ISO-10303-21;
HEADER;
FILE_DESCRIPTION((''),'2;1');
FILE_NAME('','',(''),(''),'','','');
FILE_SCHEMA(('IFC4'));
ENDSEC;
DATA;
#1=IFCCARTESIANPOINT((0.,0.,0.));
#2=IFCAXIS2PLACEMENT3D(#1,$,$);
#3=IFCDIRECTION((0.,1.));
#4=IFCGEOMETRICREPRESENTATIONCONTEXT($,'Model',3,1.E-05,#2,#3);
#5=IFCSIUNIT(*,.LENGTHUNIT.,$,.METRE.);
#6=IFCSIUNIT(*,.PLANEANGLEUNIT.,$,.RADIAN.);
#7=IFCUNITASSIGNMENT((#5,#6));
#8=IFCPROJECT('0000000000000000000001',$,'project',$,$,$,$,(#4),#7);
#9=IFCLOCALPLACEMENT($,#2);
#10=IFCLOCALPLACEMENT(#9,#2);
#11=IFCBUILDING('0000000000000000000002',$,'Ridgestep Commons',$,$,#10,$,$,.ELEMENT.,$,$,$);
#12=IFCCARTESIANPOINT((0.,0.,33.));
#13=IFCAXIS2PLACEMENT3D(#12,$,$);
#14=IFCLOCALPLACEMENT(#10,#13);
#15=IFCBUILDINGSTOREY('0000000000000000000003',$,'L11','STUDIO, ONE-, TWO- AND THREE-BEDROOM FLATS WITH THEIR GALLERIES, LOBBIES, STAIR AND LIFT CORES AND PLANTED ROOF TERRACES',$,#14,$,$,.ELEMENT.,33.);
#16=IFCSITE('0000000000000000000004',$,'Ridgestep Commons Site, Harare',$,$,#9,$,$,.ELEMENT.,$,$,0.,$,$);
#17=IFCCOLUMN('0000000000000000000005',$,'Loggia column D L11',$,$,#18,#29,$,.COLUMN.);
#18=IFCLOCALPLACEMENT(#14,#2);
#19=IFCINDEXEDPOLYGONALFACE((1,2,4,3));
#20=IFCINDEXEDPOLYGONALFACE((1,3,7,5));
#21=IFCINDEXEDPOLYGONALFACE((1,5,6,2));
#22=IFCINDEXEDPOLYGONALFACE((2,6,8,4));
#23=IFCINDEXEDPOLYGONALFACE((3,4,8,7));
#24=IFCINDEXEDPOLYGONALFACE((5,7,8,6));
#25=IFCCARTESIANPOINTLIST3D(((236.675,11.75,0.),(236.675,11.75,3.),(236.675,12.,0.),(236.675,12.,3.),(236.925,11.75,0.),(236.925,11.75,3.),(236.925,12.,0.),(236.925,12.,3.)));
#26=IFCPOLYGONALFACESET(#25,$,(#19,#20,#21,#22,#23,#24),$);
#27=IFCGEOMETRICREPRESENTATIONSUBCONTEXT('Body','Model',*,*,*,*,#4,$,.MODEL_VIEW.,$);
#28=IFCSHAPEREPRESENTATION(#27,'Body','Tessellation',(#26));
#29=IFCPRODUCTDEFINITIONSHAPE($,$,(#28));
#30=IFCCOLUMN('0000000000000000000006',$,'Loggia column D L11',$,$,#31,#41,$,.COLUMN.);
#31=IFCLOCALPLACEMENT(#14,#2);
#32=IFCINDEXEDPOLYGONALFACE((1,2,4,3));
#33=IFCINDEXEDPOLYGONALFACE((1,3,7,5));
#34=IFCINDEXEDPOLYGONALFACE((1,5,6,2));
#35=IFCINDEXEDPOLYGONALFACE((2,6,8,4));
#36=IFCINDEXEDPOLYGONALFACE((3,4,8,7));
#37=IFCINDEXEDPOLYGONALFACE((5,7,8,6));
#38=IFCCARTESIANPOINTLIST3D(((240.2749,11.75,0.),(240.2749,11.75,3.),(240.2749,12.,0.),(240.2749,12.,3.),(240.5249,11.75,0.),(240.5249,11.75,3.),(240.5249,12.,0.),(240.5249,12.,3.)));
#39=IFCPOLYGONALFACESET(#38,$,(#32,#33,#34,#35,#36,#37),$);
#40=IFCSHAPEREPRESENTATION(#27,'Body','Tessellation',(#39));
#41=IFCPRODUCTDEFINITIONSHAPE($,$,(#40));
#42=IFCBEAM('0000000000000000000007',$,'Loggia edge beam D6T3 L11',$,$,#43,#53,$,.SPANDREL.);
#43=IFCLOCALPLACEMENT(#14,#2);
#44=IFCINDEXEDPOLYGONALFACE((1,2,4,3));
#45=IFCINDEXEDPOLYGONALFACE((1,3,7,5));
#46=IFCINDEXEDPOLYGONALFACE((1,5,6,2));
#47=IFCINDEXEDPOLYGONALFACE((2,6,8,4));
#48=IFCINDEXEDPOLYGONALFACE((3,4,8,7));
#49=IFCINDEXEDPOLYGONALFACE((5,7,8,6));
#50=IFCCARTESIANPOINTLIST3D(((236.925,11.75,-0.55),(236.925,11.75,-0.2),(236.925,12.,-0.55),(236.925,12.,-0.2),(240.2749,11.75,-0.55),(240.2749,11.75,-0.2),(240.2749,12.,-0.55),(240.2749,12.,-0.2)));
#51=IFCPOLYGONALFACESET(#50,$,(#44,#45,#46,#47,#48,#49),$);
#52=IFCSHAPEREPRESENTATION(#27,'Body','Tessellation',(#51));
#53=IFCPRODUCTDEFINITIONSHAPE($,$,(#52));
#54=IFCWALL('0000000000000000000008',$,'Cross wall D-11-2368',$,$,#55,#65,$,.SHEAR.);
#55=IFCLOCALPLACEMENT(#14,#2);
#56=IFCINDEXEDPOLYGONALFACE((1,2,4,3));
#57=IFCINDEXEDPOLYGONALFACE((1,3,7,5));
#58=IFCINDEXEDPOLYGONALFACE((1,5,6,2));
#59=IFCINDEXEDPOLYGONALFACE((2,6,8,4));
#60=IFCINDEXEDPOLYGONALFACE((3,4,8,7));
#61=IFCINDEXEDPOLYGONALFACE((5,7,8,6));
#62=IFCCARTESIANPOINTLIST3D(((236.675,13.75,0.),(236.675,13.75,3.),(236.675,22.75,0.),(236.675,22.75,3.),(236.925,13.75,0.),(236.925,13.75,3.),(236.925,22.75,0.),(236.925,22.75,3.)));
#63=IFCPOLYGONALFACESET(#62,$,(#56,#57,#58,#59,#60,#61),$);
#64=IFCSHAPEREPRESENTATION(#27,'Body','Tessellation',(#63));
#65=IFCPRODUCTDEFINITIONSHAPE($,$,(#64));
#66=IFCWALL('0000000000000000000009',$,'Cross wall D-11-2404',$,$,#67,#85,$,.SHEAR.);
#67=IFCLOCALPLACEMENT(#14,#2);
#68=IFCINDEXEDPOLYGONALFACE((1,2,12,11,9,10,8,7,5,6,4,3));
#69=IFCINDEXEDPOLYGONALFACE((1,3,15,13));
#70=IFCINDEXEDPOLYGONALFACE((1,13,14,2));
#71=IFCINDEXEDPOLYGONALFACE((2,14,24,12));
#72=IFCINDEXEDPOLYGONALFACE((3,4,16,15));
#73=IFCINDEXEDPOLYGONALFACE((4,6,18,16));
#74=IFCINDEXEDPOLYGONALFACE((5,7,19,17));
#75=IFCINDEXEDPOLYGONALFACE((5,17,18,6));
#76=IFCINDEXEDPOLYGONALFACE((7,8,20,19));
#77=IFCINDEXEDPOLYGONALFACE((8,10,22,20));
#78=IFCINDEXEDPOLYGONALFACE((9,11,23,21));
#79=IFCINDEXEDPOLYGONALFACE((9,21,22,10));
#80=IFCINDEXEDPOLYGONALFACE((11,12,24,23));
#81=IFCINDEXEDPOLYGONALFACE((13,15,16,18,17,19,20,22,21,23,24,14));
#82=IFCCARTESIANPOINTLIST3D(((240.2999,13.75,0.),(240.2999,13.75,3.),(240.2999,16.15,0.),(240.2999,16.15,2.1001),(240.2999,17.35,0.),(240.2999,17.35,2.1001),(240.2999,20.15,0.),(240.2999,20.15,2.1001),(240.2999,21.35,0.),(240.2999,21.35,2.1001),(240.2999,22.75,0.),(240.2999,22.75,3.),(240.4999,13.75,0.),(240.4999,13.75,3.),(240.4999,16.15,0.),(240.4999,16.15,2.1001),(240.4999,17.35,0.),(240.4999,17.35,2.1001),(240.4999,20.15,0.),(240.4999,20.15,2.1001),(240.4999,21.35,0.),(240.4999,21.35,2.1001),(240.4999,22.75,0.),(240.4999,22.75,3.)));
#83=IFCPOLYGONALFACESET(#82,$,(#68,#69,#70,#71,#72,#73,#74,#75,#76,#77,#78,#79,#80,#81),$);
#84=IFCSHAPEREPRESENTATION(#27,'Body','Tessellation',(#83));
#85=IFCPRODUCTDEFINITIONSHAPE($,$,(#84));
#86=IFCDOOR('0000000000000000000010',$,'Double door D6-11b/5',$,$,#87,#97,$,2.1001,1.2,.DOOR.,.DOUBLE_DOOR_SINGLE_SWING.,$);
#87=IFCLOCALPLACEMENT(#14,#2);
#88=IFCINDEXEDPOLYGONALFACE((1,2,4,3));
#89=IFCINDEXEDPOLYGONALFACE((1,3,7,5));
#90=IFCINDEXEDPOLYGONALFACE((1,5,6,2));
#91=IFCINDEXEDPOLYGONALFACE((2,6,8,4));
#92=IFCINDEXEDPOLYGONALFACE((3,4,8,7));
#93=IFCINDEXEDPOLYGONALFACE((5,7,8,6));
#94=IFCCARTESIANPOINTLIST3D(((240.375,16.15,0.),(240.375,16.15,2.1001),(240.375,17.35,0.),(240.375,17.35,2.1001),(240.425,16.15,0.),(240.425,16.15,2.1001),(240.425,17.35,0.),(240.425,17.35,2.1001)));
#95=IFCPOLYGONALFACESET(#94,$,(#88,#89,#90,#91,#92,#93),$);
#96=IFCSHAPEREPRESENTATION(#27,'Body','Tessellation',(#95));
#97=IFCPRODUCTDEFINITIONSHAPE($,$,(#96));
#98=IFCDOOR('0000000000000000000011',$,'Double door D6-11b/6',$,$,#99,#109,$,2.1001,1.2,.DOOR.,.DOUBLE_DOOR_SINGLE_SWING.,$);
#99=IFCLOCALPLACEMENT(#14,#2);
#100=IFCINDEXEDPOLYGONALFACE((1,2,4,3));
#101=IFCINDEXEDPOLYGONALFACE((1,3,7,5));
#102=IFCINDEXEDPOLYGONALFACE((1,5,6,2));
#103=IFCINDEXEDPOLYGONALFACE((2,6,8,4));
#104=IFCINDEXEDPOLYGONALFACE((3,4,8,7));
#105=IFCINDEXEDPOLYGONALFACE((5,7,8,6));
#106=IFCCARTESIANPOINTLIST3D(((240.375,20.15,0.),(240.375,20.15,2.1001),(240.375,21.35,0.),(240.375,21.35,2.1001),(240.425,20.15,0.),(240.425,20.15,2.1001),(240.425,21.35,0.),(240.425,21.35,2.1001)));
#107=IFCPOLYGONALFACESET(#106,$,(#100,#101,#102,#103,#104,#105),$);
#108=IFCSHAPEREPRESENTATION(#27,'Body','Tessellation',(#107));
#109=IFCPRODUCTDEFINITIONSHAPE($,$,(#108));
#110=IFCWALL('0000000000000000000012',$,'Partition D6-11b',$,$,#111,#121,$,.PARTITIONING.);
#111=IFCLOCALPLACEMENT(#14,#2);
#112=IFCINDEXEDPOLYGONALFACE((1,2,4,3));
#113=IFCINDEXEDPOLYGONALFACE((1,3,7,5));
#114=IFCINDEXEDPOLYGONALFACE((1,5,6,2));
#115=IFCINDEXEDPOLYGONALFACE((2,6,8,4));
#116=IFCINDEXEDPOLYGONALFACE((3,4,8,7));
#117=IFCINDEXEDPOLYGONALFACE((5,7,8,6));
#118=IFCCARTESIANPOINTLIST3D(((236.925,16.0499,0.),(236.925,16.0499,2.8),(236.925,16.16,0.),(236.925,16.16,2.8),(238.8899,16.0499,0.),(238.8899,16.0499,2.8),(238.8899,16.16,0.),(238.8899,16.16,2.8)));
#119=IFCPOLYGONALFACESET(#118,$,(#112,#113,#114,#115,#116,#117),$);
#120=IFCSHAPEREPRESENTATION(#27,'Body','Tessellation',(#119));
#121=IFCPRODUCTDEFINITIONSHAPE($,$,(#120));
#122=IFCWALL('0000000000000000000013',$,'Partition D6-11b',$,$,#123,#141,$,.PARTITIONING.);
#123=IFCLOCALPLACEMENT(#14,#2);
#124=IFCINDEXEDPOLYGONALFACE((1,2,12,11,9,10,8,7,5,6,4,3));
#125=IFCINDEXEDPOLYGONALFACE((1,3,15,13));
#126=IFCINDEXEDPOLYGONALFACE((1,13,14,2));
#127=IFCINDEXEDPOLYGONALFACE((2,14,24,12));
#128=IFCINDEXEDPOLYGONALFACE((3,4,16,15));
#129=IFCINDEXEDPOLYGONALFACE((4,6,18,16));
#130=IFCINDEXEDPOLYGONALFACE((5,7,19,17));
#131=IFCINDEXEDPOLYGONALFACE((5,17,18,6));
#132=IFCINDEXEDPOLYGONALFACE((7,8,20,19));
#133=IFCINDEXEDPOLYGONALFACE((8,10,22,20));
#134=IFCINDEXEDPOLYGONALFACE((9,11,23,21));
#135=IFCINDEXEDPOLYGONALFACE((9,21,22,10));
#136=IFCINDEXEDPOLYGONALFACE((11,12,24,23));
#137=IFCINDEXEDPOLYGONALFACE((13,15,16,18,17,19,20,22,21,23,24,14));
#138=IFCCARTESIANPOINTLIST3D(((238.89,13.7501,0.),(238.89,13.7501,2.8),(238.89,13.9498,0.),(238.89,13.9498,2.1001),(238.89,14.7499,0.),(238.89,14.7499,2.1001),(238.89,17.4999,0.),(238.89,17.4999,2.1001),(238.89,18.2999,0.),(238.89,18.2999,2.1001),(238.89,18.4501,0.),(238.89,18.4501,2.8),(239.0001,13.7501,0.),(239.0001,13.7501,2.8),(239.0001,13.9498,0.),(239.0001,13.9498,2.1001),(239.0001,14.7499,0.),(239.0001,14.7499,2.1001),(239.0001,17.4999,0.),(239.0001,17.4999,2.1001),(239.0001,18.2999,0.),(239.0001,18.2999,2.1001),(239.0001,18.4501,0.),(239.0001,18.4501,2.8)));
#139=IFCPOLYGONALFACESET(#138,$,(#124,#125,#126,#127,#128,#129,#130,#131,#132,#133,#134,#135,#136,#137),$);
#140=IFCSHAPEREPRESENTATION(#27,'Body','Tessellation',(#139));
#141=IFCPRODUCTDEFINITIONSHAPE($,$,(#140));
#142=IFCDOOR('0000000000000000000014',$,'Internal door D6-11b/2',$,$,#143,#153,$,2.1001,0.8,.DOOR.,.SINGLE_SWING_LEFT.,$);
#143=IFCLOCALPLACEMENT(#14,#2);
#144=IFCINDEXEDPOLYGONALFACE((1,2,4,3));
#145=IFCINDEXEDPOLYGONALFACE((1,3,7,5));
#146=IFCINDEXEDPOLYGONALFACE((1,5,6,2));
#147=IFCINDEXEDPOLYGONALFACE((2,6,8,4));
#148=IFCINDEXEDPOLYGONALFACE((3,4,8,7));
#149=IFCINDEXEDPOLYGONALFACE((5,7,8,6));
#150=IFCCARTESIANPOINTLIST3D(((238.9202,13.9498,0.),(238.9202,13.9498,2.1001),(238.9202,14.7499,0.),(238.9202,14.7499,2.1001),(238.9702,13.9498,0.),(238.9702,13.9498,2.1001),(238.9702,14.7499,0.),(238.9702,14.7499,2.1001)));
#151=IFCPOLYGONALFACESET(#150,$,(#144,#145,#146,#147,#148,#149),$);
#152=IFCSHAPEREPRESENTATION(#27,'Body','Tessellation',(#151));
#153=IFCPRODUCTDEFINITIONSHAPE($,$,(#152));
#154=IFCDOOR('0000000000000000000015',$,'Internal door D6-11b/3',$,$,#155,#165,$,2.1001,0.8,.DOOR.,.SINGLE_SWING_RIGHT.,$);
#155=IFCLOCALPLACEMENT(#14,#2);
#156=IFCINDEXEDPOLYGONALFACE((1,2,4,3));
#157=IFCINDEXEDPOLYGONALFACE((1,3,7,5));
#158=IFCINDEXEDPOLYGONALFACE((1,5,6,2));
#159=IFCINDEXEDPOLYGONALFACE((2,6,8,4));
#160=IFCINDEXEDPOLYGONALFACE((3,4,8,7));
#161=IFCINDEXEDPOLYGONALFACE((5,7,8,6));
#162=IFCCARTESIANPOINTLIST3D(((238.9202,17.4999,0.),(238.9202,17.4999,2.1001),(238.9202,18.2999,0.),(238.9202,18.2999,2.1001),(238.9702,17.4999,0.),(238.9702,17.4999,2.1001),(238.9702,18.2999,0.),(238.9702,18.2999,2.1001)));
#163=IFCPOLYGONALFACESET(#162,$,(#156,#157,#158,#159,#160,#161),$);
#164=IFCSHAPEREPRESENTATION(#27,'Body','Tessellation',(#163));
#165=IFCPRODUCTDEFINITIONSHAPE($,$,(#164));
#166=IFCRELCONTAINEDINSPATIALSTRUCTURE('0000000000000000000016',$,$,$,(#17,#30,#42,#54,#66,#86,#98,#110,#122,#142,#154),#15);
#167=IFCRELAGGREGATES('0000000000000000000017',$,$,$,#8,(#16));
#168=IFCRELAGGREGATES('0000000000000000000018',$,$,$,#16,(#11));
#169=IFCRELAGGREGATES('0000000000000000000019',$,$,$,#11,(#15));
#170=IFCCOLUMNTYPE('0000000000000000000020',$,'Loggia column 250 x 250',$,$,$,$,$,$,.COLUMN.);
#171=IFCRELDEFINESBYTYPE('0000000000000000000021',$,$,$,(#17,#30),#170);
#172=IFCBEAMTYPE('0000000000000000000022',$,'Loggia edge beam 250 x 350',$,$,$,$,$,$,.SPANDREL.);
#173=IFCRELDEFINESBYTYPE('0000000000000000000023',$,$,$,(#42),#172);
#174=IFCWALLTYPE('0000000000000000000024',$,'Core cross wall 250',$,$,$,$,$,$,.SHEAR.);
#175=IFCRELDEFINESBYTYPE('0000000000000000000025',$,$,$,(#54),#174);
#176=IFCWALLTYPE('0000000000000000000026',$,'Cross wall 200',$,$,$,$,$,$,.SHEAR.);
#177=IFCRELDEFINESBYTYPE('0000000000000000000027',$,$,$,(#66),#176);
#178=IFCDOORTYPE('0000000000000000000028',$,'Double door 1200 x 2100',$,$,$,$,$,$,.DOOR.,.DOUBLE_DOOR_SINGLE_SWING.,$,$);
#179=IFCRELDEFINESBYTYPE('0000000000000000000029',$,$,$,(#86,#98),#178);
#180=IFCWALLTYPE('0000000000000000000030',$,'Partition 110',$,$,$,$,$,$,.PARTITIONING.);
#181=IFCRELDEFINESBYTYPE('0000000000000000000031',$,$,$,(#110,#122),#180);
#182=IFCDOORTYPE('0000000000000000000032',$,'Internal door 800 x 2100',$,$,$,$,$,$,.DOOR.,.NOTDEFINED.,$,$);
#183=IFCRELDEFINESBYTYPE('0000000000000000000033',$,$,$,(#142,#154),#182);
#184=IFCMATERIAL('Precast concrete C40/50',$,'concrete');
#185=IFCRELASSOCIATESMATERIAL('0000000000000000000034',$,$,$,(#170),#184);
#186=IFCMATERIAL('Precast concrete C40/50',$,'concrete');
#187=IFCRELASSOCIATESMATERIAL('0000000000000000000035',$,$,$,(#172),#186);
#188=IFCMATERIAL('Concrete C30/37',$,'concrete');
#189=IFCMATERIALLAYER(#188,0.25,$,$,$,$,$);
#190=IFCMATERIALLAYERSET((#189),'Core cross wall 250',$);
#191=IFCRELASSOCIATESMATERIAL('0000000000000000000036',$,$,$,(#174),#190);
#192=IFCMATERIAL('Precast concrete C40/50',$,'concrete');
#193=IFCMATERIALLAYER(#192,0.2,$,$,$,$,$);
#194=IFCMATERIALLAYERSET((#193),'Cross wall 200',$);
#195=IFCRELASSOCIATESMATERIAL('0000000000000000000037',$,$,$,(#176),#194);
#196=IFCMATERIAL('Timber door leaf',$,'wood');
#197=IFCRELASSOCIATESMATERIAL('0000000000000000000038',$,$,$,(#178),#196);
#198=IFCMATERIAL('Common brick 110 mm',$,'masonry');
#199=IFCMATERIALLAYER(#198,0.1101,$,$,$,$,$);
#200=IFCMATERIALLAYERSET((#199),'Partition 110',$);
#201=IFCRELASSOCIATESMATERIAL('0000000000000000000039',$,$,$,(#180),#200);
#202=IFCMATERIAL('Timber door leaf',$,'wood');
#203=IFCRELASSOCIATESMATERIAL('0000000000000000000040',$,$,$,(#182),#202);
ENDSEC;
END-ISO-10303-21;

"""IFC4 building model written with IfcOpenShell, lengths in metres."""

from ifc_helpers import new_model, si_unit, direction, frame, frame_2d, origin, origin_2d, place, context, subcontext, project, spatial, rectangle, extrude, material, layer, layer_set, material_profile, profile_set, type_object, element, fill, save


model = new_model("IFC4")

# Units and contexts
model_context = context("Model", 3, precision=1e-05, world=origin(), true_north=direction((0.0, 1.0)))
body_context = subcontext(model_context, "Body", "Model", "MODEL_VIEW")
ifc_project = project(units=[si_unit("LENGTHUNIT", "METRE"), si_unit("PLANEANGLEUNIT", "RADIAN")], contexts=[model_context])

# Site, building, storey
site_placement = place(None, origin())
site = spatial("IfcSite", under=ifc_project, at=site_placement, Name="Ridgestep Commons Site, Harare", CompositionType="ELEMENT", RefElevation=0.0)
building_placement = place(site_placement, origin())
building = spatial("IfcBuilding", under=site, at=building_placement, Name="Ridgestep Commons", CompositionType="ELEMENT")
storey_placement = place(building_placement, frame((0.0, 0.0, 33.0)))
storey = spatial("IfcBuildingStorey", under=building, at=storey_placement, Name="L11", Description="STUDIO, ONE-, TWO- AND THREE-BEDROOM FLATS WITH THEIR GALLERIES, LOBBIES, STAIR AND LIFT CORES AND PLANTED ROOF TERRACES", CompositionType="ELEMENT", Elevation=33.0)

# Columns
ifc_material_1 = material(Name="Precast concrete C40/50", Category="concrete")
ifc_material_profile_1 = material_profile(ifc_material_1, rectangle(XDim=0.25, YDim=0.25, at=origin_2d()), Name="PC 250x250")
ifc_profile_set_1 = profile_set([ifc_material_profile_1], Name="Precast concrete C40/50")
column_type = type_object("IfcColumnType", Name="Loggia column 250 x 250", PredefinedType="COLUMN", material=ifc_profile_set_1)
for number, where, z_axis, x_axis, name in (
    (1, (236.8, 11.875, 0.0), (0.0, 0.0, 1.0), (1.0, 0.0, 0.0), "Loggia column D L11"),
    (2, (240.3999, 11.875, 0.0), (0.0, 0.0, 1.0), (1.0, 0.0, 0.0), "Loggia column D L11"),
):
    element("IfcColumn", number, at=place(storey_placement, frame(where, z_axis=z_axis, x_axis=x_axis)), inside=storey, type_object=column_type, Name=name, PredefinedType="COLUMN", context=body_context, shape_type="SweptSolid", body=[
        extrude(rectangle(XDim=0.25, YDim=0.25, at=origin_2d()), origin(), (0.0, 0.0, 1.0), 3.0),
    ])

# Beam
ifc_material_2 = material(Name="Precast concrete C40/50", Category="concrete")
ifc_material_profile_2 = material_profile(ifc_material_2, rectangle(XDim=0.25, YDim=0.3501, at=origin_2d()), Name="PC 250x350")
ifc_profile_set_2 = profile_set([ifc_material_profile_2], Name="Precast concrete C40/50")
beam_type = type_object("IfcBeamType", Name="Loggia edge beam 250 x 350", PredefinedType="SPANDREL", material=ifc_profile_set_2)
beam_placement = place(storey_placement, frame((236.925, 11.875, -0.375), z_axis=(1.0, 0.0, 0.0), x_axis=(0.0, 1.0, 0.0)))
element("IfcBeam", 3, at=beam_placement, inside=storey, type_object=beam_type, Name="Loggia edge beam D6T3 L11", PredefinedType="SPANDREL", context=body_context, shape_type="SweptSolid", body=[
    extrude(rectangle(XDim=0.25, YDim=0.3501, at=origin_2d()), origin(), (0.0, 0.0, 1.0), 3.3499),
])

# Wall
ifc_material_3 = material(Name="Concrete C30/37", Category="concrete")
ifc_layer_1 = layer(ifc_material_3, 0.25)
ifc_layer_set_1 = layer_set([ifc_layer_1], Name="Core cross wall 250")
wall_type_1 = type_object("IfcWallType", Name="Core cross wall 250", PredefinedType="SHEAR", material=ifc_layer_set_1)
wall_1_placement = place(storey_placement, frame((236.8, 13.75, 0.0), z_axis=(0.0, 0.0, 1.0), x_axis=(0.0, 1.0, 0.0)))
element("IfcWall", 4, at=wall_1_placement, inside=storey, type_object=wall_type_1, Name="Cross wall D-11-2368", PredefinedType="SHEAR", context=body_context, shape_type="SweptSolid", body=[
    extrude(rectangle(XDim=9.0, YDim=0.25, at=frame_2d((4.5, 0.0))), origin(), (0.0, 0.0, 1.0), 3.0),
])

# Wall, openings, doors
ifc_material_4 = material(Name="Precast concrete C40/50", Category="concrete")
ifc_layer_2 = layer(ifc_material_4, 0.2)
ifc_layer_set_2 = layer_set([ifc_layer_2], Name="Cross wall 200")
wall_type_2 = type_object("IfcWallType", Name="Cross wall 200", PredefinedType="SHEAR", material=ifc_layer_set_2)
wall_2_placement = place(storey_placement, frame((240.3999, 13.75, 0.0), z_axis=(0.0, 0.0, 1.0), x_axis=(0.0, 1.0, 0.0)))
wall_2 = element("IfcWall", 5, at=wall_2_placement, inside=storey, type_object=wall_type_2, Name="Cross wall D-11-2404", PredefinedType="SHEAR", context=body_context, shape_type="SweptSolid", body=[
    extrude(rectangle(XDim=9.0, YDim=0.2, at=frame_2d((4.5, 0.0))), origin(), (0.0, 0.0, 1.0), 3.0),
])
opening_1_placement = place(wall_2_placement, frame((2.3999, 0.0, 0.0)))
opening_1 = element("IfcOpeningElement", 6, at=opening_1_placement, cuts=wall_2, PredefinedType="OPENING", context=body_context, shape_type="SweptSolid", body=[
    extrude(rectangle(XDim=1.2, YDim=2.1001, at=frame_2d((0.6001, 1.05))), frame((0.0, 0.1099, 0.0), z_axis=(0.0, -1.0, 0.0), x_axis=(1.0, 0.0, 0.0)), (0.0, 0.0, 1.0), 0.22),
])
opening_2_placement = place(wall_2_placement, frame((6.3999, 0.0, 0.0)))
opening_2 = element("IfcOpeningElement", 7, at=opening_2_placement, cuts=wall_2, PredefinedType="OPENING", context=body_context, shape_type="SweptSolid", body=[
    extrude(rectangle(XDim=1.2, YDim=2.1001, at=frame_2d((0.6001, 1.05))), frame((0.0, 0.1099, 0.0), z_axis=(0.0, -1.0, 0.0), x_axis=(1.0, 0.0, 0.0)), (0.0, 0.0, 1.0), 0.22),
])
ifc_material_5 = material(Name="Timber door leaf", Category="wood")
door_type_1 = type_object("IfcDoorType", Name="Double door 1200 x 2100", OperationType="DOUBLE_DOOR_SINGLE_SWING", PredefinedType="DOOR", material=ifc_material_5)
door_1_placement = place(opening_1_placement, origin())
door_1 = element("IfcDoor", 8, at=door_1_placement, inside=storey, type_object=door_type_1, Name="Double door D6-11b/5", OperationType="DOUBLE_DOOR_SINGLE_SWING", OverallHeight=2.1001, OverallWidth=1.2, PredefinedType="DOOR", context=body_context, shape_type="SweptSolid", body=[
    extrude(rectangle(XDim=1.2, YDim=2.1001, at=frame_2d((0.6001, 1.05))), frame((0.0, 0.0249, 0.0), z_axis=(0.0, -1.0, 0.0), x_axis=(1.0, 0.0, 0.0)), (0.0, 0.0, 1.0), 0.05),
])
fill(opening_1, door_1)
door_2_placement = place(opening_2_placement, origin())
door_2 = element("IfcDoor", 9, at=door_2_placement, inside=storey, type_object=door_type_1, Name="Double door D6-11b/6", OperationType="DOUBLE_DOOR_SINGLE_SWING", OverallHeight=2.1001, OverallWidth=1.2, PredefinedType="DOOR", context=body_context, shape_type="SweptSolid", body=[
    extrude(rectangle(XDim=1.2, YDim=2.1001, at=frame_2d((0.6001, 1.05))), frame((0.0, 0.0249, 0.0), z_axis=(0.0, -1.0, 0.0), x_axis=(1.0, 0.0, 0.0)), (0.0, 0.0, 1.0), 0.05),
])
fill(opening_2, door_2)

# Wall
ifc_material_6 = material(Name="Common brick 110 mm", Category="masonry")
ifc_layer_3 = layer(ifc_material_6, 0.1101)
ifc_layer_set_3 = layer_set([ifc_layer_3], Name="Partition 110")
wall_type_3 = type_object("IfcWallType", Name="Partition 110", PredefinedType="PARTITIONING", material=ifc_layer_set_3)
wall_3_placement = place(storey_placement, frame((236.925, 16.105, 0.0), z_axis=(0.0, 0.0, 1.0), x_axis=(1.0, 0.0, 0.0)))
element("IfcWall", 10, at=wall_3_placement, inside=storey, type_object=wall_type_3, Name="Partition D6-11b", PredefinedType="PARTITIONING", context=body_context, shape_type="SweptSolid", body=[
    extrude(rectangle(XDim=1.9648, YDim=0.1101, at=frame_2d((0.9824, 0.0))), origin(), (0.0, 0.0, 1.0), 2.8),
])

# Wall, openings, doors
wall_4_placement = place(storey_placement, frame((238.9451, 13.75, 0.0), z_axis=(0.0, 0.0, 1.0), x_axis=(0.0, 1.0, 0.0)))
wall_4 = element("IfcWall", 11, at=wall_4_placement, inside=storey, type_object=wall_type_3, Name="Partition D6-11b", PredefinedType="PARTITIONING", context=body_context, shape_type="SweptSolid", body=[
    extrude(rectangle(XDim=4.7, YDim=0.1101, at=frame_2d((2.3501, 0.0))), origin(), (0.0, 0.0, 1.0), 2.8),
])
opening_3_placement = place(wall_4_placement, frame((0.2, 0.0, 0.0)))
opening_3 = element("IfcOpeningElement", 12, at=opening_3_placement, cuts=wall_4, PredefinedType="OPENING", context=body_context, shape_type="SweptSolid", body=[
    extrude(rectangle(XDim=0.8, YDim=2.1001, at=frame_2d((0.3999, 1.05))), frame((0.0, 0.0649, 0.0), z_axis=(0.0, -1.0, 0.0), x_axis=(1.0, 0.0, 0.0)), (0.0, 0.0, 1.0), 0.1301),
])
opening_4_placement = place(wall_4_placement, frame((3.75, 0.0, 0.0)))
opening_4 = element("IfcOpeningElement", 13, at=opening_4_placement, cuts=wall_4, PredefinedType="OPENING", context=body_context, shape_type="SweptSolid", body=[
    extrude(rectangle(XDim=0.8, YDim=2.1001, at=frame_2d((0.3999, 1.05))), frame((0.0, 0.0649, 0.0), z_axis=(0.0, -1.0, 0.0), x_axis=(1.0, 0.0, 0.0)), (0.0, 0.0, 1.0), 0.1301),
])
ifc_material_7 = material(Name="Timber door leaf", Category="wood")
door_type_2 = type_object("IfcDoorType", Name="Internal door 800 x 2100", OperationType="NOTDEFINED", PredefinedType="DOOR", material=ifc_material_7)
door_3_placement = place(opening_3_placement, origin())
door_3 = element("IfcDoor", 14, at=door_3_placement, inside=storey, type_object=door_type_2, Name="Internal door D6-11b/2", OperationType="SINGLE_SWING_LEFT", OverallHeight=2.1001, OverallWidth=0.8, PredefinedType="DOOR", context=body_context, shape_type="SweptSolid", body=[
    extrude(rectangle(XDim=0.8, YDim=2.1001, at=frame_2d((0.3999, 1.05))), frame((0.0, 0.0249, 0.0), z_axis=(0.0, -1.0, 0.0), x_axis=(1.0, 0.0, 0.0)), (0.0, 0.0, 1.0), 0.05),
])
fill(opening_3, door_3)
door_4_placement = place(opening_4_placement, origin())
door_4 = element("IfcDoor", 15, at=door_4_placement, inside=storey, type_object=door_type_2, Name="Internal door D6-11b/3", OperationType="SINGLE_SWING_RIGHT", OverallHeight=2.1001, OverallWidth=0.8, PredefinedType="DOOR", context=body_context, shape_type="SweptSolid", body=[
    extrude(rectangle(XDim=0.8, YDim=2.1001, at=frame_2d((0.3999, 1.05))), frame((0.0, 0.0249, 0.0), z_axis=(0.0, -1.0, 0.0), x_axis=(1.0, 0.0, 0.0)), (0.0, 0.0, 1.0), 0.05),
])
fill(opening_4, door_4)

save(model, "model.ifc")
